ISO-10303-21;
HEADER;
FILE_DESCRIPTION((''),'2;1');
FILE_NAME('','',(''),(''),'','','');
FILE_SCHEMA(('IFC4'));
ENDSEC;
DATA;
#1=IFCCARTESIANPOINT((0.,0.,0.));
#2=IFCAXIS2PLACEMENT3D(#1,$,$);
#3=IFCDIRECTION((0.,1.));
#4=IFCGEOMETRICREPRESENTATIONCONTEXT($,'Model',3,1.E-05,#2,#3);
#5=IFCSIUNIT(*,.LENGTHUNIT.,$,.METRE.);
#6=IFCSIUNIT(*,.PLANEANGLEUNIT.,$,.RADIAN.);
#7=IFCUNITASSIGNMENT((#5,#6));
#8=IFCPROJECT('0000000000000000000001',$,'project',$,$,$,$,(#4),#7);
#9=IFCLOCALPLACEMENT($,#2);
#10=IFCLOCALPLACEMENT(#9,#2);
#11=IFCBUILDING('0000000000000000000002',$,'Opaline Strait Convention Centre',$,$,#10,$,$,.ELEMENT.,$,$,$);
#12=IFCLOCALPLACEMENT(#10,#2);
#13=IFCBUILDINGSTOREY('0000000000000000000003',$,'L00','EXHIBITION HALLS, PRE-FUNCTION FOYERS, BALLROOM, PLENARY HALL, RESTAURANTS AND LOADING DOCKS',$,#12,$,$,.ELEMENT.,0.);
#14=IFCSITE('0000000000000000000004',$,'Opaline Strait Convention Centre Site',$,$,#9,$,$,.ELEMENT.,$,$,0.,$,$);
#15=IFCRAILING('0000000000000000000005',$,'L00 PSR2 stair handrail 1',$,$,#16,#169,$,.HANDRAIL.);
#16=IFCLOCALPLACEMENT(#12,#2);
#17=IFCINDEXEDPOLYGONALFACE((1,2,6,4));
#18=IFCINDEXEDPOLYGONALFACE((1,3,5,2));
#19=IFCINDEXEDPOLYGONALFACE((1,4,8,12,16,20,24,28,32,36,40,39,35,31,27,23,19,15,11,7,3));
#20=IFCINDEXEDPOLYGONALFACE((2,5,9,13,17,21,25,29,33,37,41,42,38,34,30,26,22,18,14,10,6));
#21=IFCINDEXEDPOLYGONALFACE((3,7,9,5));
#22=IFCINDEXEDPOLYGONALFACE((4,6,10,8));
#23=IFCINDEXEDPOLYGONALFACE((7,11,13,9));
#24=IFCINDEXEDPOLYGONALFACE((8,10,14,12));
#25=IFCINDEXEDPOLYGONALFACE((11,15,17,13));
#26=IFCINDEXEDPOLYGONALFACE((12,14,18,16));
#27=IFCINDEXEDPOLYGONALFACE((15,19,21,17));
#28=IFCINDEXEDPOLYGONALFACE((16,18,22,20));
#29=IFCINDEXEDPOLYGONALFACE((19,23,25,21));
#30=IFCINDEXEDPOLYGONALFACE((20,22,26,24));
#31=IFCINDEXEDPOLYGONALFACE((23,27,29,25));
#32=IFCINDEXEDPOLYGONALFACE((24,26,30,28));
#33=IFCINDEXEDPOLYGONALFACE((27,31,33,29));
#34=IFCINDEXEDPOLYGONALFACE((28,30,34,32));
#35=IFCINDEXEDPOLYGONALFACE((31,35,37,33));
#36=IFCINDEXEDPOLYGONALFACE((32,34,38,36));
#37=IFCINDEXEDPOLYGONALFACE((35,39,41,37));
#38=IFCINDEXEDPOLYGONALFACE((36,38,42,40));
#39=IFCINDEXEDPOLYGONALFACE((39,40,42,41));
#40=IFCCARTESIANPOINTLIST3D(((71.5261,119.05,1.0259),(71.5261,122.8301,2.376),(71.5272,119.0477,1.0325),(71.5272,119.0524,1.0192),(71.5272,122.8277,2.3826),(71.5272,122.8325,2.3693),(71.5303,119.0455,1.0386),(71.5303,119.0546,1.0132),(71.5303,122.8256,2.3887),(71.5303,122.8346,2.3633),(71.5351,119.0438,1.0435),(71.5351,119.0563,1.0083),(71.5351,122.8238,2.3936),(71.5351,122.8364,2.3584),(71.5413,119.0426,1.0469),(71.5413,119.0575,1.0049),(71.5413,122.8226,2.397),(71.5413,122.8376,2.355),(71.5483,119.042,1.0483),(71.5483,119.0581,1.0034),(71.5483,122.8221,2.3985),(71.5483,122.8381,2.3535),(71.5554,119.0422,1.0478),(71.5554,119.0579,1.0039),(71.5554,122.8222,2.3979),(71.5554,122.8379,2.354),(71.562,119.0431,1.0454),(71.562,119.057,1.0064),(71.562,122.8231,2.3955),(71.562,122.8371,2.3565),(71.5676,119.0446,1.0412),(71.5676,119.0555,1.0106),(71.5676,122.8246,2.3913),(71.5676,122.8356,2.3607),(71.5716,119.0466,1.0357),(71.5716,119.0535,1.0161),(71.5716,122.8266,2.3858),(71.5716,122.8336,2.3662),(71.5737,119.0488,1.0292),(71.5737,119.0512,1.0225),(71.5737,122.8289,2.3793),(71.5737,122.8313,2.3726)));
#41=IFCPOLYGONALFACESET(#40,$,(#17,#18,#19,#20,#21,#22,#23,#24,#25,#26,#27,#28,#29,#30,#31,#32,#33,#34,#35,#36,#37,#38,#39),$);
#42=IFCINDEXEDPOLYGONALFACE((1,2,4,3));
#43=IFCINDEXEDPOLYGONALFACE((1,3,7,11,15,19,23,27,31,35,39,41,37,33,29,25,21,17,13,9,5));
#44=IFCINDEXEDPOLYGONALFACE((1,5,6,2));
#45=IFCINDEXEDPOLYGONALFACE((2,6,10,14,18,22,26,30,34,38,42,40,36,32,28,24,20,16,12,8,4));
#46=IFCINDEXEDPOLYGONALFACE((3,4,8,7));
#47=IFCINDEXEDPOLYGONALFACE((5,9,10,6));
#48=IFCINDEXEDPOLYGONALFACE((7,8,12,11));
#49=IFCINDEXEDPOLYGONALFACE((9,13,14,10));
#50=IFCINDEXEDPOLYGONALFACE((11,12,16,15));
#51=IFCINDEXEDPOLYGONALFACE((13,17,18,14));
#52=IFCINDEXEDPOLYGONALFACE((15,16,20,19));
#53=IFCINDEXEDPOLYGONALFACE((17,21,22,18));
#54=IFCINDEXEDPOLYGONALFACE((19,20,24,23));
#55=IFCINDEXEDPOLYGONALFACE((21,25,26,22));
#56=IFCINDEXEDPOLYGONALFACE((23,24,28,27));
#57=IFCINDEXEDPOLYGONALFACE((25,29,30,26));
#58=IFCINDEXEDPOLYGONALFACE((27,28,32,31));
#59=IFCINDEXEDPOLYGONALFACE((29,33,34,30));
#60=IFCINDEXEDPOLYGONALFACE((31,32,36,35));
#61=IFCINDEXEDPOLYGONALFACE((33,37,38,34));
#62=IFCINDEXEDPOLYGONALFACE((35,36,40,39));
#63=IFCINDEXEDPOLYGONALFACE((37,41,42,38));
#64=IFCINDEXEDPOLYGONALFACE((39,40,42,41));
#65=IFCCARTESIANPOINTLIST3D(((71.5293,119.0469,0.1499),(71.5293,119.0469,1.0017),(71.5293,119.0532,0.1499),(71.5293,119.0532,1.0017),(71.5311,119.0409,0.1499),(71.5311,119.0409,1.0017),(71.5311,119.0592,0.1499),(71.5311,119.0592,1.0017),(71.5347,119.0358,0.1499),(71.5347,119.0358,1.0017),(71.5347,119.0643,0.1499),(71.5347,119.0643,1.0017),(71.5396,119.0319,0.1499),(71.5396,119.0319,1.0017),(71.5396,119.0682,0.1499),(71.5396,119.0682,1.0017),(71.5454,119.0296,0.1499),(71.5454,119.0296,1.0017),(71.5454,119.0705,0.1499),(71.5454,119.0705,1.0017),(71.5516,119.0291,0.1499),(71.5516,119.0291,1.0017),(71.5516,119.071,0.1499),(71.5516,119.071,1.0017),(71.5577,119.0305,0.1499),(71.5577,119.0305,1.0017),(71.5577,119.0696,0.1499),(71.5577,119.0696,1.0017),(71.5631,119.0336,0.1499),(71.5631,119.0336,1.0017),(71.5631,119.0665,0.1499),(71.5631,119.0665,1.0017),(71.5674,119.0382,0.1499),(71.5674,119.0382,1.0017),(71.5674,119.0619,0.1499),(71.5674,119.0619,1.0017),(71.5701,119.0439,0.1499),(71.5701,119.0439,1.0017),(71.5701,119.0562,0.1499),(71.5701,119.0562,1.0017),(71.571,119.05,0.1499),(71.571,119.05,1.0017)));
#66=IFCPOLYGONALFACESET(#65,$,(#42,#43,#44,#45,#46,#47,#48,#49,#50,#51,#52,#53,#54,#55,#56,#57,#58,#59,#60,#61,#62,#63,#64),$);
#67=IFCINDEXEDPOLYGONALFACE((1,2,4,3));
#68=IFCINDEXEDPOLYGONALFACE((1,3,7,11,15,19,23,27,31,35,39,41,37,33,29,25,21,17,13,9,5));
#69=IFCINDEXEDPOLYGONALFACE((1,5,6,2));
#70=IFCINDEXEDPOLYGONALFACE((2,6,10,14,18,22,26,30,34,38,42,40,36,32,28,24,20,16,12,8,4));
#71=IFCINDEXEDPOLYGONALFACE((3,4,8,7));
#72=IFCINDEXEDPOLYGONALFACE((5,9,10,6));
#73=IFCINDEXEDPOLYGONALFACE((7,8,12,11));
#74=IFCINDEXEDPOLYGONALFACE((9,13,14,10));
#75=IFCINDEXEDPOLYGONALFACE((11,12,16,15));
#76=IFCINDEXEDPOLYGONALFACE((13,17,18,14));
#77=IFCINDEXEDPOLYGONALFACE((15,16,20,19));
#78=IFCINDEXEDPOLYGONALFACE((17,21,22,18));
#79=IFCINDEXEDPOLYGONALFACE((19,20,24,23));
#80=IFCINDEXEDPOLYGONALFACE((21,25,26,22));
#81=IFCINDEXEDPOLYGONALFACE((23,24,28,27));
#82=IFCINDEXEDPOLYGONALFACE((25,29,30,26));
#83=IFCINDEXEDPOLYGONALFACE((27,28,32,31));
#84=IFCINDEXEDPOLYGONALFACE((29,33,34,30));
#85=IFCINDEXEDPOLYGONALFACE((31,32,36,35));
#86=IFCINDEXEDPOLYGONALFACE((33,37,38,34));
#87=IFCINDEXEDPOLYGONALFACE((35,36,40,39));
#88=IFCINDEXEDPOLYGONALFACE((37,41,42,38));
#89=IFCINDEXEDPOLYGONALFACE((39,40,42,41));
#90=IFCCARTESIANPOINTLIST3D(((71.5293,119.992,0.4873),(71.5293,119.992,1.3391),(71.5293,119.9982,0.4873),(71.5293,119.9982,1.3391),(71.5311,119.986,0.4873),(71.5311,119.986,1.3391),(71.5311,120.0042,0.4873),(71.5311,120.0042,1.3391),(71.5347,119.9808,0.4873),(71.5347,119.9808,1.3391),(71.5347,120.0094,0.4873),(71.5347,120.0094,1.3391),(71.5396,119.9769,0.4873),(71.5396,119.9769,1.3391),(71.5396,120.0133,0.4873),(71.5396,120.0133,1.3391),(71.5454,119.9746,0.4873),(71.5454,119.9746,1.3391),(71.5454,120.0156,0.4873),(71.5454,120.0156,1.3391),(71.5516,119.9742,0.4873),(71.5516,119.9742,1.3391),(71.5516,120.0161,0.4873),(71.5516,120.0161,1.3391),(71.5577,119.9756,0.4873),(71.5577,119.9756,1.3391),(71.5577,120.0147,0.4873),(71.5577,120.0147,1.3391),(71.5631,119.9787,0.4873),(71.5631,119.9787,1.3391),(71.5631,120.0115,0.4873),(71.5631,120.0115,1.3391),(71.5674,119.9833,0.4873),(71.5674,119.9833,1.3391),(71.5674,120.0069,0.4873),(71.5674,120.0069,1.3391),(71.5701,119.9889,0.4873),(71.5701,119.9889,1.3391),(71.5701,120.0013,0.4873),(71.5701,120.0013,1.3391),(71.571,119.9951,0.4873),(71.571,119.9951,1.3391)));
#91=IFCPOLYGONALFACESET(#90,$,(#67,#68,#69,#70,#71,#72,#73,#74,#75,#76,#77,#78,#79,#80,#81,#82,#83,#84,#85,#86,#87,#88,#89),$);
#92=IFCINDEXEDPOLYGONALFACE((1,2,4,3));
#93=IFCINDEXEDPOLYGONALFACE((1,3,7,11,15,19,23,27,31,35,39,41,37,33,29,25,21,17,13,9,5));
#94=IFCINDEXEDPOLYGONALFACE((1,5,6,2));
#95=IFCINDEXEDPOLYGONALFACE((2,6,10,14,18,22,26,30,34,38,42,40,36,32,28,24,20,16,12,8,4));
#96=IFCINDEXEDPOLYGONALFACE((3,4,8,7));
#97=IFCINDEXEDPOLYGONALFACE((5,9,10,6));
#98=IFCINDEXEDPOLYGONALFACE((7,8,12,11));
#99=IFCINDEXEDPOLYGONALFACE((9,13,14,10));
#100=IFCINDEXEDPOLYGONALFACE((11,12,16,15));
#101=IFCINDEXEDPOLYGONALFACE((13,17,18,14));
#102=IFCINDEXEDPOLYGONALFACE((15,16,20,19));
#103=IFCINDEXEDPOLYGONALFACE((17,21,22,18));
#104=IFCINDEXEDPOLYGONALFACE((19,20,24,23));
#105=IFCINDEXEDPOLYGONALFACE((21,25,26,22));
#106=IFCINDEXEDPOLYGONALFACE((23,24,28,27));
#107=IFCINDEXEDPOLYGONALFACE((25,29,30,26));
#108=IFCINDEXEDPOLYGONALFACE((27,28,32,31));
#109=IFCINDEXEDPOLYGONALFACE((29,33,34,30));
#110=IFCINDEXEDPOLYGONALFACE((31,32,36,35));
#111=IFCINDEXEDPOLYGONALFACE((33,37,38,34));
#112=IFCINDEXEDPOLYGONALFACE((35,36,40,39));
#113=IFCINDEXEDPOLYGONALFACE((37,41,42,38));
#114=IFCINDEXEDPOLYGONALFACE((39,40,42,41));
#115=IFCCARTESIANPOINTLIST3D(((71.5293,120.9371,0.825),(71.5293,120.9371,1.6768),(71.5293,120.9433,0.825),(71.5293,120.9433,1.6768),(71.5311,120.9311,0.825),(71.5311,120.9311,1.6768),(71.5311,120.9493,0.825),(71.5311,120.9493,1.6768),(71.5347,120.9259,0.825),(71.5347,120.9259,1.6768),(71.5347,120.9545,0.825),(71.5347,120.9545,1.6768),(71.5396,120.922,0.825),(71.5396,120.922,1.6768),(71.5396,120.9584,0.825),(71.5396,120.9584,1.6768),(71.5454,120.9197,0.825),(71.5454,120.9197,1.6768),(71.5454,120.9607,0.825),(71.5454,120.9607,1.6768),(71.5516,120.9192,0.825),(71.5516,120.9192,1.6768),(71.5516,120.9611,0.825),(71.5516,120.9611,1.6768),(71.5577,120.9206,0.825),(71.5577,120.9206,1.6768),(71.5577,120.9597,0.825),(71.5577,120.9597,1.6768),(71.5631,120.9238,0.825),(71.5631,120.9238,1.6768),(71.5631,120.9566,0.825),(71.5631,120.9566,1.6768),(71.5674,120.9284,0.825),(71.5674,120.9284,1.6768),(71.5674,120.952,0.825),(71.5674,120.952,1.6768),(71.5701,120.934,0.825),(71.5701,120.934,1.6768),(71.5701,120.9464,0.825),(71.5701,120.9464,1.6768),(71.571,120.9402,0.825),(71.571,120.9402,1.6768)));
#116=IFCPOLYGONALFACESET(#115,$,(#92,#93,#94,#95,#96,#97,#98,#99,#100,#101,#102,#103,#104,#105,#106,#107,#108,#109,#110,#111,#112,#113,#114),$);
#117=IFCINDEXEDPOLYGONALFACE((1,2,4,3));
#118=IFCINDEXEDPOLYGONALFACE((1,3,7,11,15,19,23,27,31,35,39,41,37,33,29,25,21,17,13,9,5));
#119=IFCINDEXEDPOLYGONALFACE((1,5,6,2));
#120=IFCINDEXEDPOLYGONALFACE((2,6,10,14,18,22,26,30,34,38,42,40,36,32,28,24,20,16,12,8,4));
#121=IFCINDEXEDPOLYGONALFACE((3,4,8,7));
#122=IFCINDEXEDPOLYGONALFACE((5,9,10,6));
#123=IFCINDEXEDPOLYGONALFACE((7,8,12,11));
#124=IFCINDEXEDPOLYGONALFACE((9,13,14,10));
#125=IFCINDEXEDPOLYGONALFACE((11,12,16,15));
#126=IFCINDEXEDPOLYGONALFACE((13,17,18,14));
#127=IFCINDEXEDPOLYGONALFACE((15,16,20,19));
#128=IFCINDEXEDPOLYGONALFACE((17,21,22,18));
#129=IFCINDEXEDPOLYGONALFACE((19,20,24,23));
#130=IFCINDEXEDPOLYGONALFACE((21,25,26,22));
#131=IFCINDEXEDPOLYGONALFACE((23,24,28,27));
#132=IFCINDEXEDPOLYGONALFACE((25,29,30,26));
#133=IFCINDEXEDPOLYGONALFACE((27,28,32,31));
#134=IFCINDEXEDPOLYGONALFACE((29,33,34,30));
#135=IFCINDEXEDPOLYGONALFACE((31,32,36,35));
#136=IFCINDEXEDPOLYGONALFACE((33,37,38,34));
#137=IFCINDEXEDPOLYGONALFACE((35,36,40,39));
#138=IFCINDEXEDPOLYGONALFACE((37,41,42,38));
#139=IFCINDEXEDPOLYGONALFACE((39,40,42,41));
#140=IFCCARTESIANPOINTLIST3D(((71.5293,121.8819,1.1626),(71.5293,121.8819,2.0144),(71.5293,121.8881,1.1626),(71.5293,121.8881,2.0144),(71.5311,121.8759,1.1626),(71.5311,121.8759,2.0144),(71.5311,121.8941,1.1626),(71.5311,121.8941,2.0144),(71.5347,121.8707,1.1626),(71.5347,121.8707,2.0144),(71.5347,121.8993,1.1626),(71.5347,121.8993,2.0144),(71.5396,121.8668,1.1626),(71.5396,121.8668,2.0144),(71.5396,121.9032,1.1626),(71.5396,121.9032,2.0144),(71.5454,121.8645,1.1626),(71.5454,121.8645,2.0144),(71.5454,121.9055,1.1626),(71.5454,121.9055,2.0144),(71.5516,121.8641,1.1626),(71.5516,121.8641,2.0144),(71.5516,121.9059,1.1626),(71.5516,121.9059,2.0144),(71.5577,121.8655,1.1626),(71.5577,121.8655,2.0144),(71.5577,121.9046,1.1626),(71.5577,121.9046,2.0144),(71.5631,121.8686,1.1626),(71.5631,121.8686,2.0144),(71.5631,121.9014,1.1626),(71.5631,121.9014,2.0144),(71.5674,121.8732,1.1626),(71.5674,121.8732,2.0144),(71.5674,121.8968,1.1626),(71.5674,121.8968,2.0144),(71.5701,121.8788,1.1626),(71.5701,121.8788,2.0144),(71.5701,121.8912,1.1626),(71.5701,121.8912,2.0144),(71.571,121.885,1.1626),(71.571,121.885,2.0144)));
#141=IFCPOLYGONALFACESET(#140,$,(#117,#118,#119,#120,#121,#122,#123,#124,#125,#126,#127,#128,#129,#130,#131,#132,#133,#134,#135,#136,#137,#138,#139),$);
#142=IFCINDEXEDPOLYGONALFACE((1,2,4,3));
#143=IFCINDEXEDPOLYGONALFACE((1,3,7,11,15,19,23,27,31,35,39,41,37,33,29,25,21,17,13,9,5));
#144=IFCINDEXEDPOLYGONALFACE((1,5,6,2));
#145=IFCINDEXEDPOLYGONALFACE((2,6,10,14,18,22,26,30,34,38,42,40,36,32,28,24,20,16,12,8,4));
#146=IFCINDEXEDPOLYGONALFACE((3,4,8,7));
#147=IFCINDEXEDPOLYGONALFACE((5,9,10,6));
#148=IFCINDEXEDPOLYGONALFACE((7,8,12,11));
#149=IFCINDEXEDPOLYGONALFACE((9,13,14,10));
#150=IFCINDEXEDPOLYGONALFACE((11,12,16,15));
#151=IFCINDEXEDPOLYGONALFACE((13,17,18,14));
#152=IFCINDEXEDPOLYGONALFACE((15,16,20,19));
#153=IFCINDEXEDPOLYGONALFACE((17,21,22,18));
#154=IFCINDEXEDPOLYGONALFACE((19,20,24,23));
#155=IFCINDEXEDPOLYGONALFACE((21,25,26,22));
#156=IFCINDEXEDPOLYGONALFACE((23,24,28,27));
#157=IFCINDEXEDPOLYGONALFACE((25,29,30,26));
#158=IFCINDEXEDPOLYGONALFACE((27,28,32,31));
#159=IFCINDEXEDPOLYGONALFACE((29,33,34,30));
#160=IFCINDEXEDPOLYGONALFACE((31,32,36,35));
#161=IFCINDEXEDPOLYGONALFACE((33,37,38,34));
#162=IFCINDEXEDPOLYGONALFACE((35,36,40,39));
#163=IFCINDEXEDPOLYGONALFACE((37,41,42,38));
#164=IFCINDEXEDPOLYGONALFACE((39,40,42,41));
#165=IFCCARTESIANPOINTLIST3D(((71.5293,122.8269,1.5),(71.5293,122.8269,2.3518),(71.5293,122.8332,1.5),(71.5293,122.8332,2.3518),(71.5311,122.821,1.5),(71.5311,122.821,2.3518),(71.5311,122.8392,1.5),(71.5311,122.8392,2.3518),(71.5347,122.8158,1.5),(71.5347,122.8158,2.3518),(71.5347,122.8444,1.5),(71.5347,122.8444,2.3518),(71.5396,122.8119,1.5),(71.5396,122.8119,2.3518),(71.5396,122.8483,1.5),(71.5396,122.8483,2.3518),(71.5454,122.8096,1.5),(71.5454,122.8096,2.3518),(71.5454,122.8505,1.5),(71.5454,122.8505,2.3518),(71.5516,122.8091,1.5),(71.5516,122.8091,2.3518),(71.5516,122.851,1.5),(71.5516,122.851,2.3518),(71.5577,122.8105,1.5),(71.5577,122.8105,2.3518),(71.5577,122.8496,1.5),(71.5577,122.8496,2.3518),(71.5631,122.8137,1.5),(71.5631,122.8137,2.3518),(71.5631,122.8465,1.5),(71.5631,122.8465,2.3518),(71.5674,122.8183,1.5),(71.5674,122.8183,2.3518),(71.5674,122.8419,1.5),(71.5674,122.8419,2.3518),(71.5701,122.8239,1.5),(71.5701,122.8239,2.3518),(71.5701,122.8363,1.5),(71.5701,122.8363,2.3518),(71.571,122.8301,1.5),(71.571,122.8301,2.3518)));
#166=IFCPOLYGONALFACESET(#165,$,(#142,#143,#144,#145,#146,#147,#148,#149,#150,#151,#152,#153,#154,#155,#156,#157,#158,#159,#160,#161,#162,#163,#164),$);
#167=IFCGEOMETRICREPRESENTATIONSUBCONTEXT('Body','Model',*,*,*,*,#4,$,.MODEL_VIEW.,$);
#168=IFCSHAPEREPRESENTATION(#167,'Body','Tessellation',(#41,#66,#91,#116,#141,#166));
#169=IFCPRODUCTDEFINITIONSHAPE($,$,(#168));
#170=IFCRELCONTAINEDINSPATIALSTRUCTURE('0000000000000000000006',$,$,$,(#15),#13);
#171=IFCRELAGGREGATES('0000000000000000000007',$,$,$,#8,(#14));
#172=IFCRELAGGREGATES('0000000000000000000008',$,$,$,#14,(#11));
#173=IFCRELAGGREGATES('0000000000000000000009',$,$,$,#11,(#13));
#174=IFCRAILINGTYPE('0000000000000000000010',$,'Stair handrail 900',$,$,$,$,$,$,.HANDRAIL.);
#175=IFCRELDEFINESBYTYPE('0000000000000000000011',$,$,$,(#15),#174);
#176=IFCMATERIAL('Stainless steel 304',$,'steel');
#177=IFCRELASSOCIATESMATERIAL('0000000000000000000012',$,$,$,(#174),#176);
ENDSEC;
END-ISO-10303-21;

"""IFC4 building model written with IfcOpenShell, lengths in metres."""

from ifc_helpers import new_model, si_unit, direction, frame, origin, origin_2d, place, context, subcontext, project, spatial, circle, extrude, material, type_object, element, save


model = new_model("IFC4")

# Units and contexts
model_context = context("Model", 3, precision=1e-05, world=origin(), true_north=direction((0.0, 1.0)))
body_context = subcontext(model_context, "Body", "Model", "MODEL_VIEW")
ifc_project = project(units=[si_unit("LENGTHUNIT", "METRE"), si_unit("PLANEANGLEUNIT", "RADIAN")], contexts=[model_context])

# Site, building, storey
site_placement = place(None, origin())
site = spatial("IfcSite", under=ifc_project, at=site_placement, Name="Opaline Strait Convention Centre Site", CompositionType="ELEMENT", RefElevation=0.0)
building_placement = place(site_placement, origin())
building = spatial("IfcBuilding", under=site, at=building_placement, Name="Opaline Strait Convention Centre", CompositionType="ELEMENT")
storey_placement = place(building_placement, origin())
storey = spatial("IfcBuildingStorey", under=building, at=storey_placement, Name="L00", Description="EXHIBITION HALLS, PRE-FUNCTION FOYERS, BALLROOM, PLENARY HALL, RESTAURANTS AND LOADING DOCKS", CompositionType="ELEMENT", Elevation=0.0)

# Railing
ifc_material_1 = material(Name="Stainless steel 304", Category="steel")
railing_type_1 = type_object("IfcRailingType", Name="Stair handrail 900", PredefinedType="HANDRAIL", material=ifc_material_1)
railing_1_placement = place(storey_placement, frame((71.55, 119.05, 0.1499)))
element("IfcRailing", 1, at=railing_1_placement, inside=storey, type_object=railing_type_1, Name="L00 PSR2 stair handrail 1", PredefinedType="HANDRAIL", context=body_context, shape_type="SweptSolid", body=[
    extrude(circle(Radius=0.0239, at=origin_2d()), frame((0.0, 0.0, 0.876), z_axis=(0.0, 0.941735, 0.336356), x_axis=(-1.0, 0.0, 0.0)), (0.0, 0.0, 1.0), 4.0139),
    extrude(circle(Radius=0.021, at=origin_2d()), origin(), (0.0, 0.0, 1.0), 0.8518),
    extrude(circle(Radius=0.021, at=origin_2d()), frame((0.0, 0.9451, 0.3374)), (0.0, 0.0, 1.0), 0.8518),
    extrude(circle(Radius=0.021, at=origin_2d()), frame((0.0, 1.8901, 0.675)), (0.0, 0.0, 1.0), 0.8518),
    extrude(circle(Radius=0.021, at=origin_2d()), frame((0.0, 2.835, 1.0127)), (0.0, 0.0, 1.0), 0.8518),
    extrude(circle(Radius=0.021, at=origin_2d()), frame((0.0, 3.78, 1.3501)), (0.0, 0.0, 1.0), 0.8518),
])

save(model, "model.ifc")
